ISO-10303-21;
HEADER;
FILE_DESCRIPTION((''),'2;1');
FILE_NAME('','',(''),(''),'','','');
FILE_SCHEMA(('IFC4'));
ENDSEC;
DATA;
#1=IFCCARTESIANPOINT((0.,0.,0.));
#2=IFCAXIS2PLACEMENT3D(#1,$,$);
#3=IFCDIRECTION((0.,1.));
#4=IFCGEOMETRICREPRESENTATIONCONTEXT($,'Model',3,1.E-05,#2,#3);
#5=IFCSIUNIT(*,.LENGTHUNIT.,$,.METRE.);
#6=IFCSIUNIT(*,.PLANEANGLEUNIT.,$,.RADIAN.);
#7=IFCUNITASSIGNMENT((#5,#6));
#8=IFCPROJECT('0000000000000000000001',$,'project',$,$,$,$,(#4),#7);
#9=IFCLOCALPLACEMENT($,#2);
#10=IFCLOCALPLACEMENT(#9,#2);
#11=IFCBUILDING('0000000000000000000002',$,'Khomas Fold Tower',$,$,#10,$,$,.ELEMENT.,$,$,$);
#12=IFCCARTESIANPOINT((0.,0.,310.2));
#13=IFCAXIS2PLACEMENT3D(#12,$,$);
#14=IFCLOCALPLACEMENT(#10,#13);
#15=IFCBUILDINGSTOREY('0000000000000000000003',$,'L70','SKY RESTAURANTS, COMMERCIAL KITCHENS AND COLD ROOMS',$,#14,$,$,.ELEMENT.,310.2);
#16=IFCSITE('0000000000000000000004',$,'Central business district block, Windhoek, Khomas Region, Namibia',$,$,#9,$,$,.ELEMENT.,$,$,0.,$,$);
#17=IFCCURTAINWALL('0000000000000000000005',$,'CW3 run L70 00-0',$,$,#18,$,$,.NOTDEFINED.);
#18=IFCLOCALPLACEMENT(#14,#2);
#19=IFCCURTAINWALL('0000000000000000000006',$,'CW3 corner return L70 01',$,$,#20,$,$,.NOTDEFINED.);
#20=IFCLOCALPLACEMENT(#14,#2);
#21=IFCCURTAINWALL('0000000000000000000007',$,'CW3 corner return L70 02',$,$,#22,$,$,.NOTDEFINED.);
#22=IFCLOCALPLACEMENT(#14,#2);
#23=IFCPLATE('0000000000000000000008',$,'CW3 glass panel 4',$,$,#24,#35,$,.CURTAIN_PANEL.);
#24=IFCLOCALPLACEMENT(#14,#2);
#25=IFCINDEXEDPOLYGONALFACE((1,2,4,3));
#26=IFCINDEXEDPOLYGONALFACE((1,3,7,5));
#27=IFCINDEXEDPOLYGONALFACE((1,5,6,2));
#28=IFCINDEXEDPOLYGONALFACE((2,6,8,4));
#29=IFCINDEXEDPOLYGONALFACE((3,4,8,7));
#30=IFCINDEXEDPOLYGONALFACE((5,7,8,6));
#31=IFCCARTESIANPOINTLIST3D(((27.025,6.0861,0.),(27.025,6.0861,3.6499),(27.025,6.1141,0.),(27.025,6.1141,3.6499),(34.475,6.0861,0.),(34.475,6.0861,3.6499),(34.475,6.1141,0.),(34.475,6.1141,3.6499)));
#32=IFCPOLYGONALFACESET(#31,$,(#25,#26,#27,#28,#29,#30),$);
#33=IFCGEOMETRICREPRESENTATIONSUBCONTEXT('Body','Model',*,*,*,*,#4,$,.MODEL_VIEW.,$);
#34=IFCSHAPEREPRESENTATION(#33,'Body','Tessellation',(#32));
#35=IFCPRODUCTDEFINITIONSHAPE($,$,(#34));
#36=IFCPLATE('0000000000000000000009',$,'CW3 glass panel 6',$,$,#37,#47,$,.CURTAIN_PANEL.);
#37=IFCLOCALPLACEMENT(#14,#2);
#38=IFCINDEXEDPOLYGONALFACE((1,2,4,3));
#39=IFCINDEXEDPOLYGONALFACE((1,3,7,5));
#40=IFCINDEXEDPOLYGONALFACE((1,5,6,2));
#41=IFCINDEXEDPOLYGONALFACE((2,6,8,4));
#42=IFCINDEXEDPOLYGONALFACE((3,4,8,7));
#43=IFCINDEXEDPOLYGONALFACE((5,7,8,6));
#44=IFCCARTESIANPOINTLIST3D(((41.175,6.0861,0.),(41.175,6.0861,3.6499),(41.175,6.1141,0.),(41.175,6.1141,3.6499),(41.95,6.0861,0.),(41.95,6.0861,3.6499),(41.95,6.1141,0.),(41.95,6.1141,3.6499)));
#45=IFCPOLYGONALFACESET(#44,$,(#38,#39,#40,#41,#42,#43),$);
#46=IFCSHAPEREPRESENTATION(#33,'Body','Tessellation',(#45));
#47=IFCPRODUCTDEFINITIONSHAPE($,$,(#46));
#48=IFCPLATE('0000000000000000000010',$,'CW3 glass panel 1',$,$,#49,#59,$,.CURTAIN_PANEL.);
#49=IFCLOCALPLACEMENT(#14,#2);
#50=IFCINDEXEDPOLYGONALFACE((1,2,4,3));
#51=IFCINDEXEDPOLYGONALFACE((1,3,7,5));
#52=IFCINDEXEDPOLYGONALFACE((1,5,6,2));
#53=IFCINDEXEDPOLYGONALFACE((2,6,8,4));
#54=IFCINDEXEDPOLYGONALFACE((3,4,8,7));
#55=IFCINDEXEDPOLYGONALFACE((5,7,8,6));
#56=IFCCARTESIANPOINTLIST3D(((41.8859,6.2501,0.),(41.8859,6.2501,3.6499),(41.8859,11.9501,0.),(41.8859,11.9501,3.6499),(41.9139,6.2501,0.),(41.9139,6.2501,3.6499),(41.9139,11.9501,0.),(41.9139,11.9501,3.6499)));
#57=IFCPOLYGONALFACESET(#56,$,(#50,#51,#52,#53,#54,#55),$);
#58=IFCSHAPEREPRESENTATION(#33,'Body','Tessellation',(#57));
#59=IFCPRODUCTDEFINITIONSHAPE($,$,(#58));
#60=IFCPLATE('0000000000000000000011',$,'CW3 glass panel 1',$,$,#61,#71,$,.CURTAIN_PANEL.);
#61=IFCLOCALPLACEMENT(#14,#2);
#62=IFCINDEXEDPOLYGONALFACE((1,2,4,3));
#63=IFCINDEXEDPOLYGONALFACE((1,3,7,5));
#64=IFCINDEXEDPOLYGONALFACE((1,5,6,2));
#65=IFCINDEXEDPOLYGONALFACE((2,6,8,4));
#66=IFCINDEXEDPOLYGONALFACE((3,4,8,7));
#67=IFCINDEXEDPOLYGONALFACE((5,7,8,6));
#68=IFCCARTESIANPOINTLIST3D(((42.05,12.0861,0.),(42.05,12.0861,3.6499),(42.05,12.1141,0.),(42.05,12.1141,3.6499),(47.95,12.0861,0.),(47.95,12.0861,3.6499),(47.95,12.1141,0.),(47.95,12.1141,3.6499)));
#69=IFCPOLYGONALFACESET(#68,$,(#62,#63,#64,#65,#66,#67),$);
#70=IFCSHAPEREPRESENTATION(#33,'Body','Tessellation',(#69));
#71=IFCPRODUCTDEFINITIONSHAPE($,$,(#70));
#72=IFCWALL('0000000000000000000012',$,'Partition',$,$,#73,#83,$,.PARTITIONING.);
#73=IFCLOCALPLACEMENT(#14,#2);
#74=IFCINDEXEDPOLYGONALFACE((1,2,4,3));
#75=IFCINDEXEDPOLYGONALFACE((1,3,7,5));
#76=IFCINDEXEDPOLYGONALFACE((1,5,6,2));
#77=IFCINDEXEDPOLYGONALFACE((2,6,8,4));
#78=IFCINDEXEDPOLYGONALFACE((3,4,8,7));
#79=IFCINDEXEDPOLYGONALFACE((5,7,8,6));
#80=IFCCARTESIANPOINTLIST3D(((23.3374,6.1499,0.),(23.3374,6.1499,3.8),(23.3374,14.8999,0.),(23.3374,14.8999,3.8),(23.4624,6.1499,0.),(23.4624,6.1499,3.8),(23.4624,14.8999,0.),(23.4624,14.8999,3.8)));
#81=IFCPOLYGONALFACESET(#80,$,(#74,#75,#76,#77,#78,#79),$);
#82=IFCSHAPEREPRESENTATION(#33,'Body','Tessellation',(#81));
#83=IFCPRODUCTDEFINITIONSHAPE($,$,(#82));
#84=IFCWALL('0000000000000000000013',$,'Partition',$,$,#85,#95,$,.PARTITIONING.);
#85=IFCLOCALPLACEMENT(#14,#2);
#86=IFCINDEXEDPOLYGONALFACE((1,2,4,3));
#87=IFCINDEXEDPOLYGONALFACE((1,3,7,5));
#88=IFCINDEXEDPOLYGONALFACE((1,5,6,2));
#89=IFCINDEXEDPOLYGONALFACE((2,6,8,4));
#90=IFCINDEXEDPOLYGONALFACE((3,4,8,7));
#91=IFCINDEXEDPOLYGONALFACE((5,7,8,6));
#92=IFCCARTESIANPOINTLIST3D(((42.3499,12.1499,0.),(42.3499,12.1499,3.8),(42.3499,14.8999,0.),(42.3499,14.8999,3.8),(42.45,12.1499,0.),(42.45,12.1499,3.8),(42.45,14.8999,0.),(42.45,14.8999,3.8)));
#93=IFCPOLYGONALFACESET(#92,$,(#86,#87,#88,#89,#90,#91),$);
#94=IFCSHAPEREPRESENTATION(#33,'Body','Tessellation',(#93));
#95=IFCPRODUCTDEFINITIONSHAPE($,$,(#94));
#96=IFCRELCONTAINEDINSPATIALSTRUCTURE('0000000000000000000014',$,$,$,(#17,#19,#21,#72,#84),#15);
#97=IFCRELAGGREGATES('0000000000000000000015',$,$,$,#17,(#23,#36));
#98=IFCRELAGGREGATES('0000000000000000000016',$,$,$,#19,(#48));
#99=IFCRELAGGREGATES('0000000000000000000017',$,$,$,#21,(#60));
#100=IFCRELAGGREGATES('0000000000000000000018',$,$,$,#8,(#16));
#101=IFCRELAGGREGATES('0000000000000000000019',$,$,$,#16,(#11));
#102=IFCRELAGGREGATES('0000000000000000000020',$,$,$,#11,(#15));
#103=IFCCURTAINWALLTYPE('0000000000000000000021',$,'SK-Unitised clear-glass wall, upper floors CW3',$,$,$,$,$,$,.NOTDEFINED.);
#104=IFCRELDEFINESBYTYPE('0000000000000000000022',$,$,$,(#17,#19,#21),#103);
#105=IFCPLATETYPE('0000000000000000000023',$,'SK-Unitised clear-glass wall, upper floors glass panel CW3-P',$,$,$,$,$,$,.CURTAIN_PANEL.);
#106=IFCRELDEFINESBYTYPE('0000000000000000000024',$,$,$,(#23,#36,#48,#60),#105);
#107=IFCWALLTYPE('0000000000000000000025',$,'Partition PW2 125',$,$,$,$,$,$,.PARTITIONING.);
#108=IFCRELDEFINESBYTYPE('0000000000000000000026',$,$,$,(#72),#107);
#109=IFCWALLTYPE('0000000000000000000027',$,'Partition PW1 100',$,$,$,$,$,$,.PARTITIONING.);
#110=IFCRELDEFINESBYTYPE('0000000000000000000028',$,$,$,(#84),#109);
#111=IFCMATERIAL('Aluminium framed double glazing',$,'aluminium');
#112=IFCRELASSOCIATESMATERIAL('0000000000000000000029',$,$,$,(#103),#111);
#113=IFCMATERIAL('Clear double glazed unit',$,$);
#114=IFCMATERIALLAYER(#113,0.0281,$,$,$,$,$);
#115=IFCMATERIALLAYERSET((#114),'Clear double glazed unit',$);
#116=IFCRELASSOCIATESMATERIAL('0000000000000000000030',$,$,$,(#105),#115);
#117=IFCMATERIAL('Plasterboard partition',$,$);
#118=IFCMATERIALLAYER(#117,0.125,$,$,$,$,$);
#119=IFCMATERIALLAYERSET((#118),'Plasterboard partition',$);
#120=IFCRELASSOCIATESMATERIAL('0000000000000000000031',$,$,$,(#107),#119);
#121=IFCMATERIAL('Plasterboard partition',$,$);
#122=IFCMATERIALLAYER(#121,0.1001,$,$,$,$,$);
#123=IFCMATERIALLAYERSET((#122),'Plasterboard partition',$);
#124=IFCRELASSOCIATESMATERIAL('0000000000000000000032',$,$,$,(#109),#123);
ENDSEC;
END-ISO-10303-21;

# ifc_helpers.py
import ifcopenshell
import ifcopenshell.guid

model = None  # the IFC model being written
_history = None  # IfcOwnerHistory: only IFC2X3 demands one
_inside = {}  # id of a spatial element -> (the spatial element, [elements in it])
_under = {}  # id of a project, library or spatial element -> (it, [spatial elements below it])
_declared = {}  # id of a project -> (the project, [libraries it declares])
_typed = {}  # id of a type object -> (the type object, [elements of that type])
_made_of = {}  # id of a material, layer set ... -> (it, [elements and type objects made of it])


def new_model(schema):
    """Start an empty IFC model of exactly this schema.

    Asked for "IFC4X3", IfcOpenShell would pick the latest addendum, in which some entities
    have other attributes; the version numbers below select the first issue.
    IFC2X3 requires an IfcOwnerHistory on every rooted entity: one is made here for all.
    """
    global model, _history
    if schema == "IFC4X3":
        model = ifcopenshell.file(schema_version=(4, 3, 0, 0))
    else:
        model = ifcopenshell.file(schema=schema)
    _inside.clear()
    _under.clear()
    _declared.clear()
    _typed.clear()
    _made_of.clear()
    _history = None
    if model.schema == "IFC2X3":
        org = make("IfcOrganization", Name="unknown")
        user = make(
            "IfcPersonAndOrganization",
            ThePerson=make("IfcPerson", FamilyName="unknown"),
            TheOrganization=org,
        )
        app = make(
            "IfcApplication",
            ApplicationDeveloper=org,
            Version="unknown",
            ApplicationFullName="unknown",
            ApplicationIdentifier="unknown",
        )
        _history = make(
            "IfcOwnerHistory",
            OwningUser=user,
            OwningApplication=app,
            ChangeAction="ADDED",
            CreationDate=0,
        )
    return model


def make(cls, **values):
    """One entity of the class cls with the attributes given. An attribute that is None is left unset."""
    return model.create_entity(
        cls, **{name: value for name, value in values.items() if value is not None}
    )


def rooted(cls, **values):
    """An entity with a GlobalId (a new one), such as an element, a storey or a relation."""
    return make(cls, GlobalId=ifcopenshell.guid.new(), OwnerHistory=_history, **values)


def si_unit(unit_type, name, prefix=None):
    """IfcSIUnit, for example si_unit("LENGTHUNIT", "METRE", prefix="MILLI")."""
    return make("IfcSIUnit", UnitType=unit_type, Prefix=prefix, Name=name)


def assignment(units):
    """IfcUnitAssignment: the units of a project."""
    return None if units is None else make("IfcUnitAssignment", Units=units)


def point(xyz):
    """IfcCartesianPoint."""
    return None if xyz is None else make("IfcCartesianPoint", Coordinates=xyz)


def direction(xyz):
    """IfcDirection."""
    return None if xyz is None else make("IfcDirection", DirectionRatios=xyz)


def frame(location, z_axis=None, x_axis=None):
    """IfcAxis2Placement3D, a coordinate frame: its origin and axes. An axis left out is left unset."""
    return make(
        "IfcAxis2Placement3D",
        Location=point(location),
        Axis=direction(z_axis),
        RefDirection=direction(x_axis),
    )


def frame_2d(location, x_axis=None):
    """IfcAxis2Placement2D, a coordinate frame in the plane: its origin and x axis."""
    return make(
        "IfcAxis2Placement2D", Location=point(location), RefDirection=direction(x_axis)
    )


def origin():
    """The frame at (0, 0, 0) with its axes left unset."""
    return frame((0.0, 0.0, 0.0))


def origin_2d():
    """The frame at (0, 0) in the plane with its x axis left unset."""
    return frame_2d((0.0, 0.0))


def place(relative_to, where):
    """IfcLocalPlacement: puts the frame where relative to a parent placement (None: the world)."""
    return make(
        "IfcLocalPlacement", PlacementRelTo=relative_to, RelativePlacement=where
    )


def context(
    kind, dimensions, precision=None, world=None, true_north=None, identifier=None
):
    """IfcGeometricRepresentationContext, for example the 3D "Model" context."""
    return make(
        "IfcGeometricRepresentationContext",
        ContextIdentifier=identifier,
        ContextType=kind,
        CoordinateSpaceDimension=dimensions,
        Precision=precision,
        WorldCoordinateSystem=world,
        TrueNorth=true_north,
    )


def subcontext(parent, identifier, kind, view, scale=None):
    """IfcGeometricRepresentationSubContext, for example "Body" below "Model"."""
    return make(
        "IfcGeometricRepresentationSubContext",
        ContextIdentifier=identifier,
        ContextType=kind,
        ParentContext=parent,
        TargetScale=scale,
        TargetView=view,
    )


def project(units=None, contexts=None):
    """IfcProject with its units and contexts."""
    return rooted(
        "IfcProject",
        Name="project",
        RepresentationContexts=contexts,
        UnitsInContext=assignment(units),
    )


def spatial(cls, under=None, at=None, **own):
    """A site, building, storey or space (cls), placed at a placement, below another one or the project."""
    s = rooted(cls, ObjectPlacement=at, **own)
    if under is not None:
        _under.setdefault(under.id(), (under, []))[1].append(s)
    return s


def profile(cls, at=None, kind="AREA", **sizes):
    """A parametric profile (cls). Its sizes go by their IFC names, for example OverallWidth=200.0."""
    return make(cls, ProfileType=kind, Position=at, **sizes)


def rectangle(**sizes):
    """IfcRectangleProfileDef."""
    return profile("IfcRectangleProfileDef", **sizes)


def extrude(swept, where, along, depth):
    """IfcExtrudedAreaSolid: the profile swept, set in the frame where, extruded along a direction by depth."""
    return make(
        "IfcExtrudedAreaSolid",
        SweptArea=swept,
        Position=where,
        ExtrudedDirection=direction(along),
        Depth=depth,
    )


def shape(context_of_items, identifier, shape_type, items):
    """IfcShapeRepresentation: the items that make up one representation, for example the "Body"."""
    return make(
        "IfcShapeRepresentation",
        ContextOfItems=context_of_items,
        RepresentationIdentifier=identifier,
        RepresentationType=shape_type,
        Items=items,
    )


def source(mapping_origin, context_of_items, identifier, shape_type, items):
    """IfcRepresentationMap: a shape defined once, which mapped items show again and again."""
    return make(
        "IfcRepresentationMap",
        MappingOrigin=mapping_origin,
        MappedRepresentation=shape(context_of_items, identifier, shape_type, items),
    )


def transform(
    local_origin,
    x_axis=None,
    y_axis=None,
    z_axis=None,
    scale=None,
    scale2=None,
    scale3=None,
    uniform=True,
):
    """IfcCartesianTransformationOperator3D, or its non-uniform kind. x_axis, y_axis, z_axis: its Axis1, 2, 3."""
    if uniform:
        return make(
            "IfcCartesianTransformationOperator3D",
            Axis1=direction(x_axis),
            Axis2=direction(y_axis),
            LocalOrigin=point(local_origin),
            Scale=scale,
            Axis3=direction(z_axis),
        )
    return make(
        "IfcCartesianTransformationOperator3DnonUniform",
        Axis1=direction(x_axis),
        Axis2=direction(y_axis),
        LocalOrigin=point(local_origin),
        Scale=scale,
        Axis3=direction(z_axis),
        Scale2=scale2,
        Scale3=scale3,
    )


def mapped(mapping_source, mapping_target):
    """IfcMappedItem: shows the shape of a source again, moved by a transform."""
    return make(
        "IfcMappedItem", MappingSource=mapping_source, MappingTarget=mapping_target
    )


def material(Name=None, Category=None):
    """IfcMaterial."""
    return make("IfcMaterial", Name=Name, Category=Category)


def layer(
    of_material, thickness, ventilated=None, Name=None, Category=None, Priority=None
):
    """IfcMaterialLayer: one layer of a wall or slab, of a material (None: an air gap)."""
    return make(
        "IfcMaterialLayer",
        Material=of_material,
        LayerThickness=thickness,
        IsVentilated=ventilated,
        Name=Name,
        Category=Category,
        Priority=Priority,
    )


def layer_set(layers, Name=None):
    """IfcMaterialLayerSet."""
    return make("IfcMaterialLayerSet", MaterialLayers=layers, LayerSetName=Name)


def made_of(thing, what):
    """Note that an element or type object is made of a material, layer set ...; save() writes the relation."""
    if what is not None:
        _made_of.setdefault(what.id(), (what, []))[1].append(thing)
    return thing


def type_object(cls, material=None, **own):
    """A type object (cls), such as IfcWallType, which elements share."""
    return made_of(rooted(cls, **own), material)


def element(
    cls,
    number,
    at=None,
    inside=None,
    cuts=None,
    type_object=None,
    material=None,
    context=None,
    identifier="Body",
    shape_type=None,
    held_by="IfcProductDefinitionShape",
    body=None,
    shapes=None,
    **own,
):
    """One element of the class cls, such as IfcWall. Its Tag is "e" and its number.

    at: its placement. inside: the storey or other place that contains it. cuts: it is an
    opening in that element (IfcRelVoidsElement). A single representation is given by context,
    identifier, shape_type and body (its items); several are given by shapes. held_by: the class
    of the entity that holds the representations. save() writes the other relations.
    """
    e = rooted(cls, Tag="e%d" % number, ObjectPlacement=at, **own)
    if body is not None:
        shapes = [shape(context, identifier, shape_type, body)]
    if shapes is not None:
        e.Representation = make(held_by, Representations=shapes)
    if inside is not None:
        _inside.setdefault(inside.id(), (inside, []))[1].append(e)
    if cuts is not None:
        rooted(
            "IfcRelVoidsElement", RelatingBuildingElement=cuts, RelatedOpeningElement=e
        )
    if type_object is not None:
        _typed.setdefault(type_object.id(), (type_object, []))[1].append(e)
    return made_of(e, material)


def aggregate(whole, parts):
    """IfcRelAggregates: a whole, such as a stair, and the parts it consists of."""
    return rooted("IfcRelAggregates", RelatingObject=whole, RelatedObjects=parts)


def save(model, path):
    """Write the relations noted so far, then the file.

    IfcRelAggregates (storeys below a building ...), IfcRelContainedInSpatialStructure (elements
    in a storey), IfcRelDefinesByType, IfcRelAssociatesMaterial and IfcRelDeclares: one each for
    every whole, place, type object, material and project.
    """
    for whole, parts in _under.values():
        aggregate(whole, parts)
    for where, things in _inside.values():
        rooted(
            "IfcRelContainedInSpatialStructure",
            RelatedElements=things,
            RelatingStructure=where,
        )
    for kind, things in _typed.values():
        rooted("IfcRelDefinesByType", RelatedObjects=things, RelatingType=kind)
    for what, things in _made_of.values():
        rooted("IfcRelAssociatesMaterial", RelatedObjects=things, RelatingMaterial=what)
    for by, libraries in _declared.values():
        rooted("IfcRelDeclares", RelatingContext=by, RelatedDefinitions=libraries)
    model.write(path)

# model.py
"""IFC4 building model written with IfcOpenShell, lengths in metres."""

from ifc_helpers import new_model, si_unit, direction, frame, frame_2d, origin, origin_2d, place, context, subcontext, project, spatial, rectangle, extrude, source, transform, mapped, material, layer, layer_set, type_object, element, aggregate, save


model = new_model("IFC4")

# Units and contexts
model_context = context("Model", 3, precision=1e-05, world=origin(), true_north=direction((0.0, 1.0)))
body_context = subcontext(model_context, "Body", "Model", "MODEL_VIEW")
ifc_project = project(units=[si_unit("LENGTHUNIT", "METRE"), si_unit("PLANEANGLEUNIT", "RADIAN")], contexts=[model_context])

# Site, building, storey
site_placement = place(None, origin())
site = spatial("IfcSite", under=ifc_project, at=site_placement, Name="Central business district block, Windhoek, Khomas Region, Namibia", CompositionType="ELEMENT", RefElevation=0.0)
building_placement = place(site_placement, origin())
building = spatial("IfcBuilding", under=site, at=building_placement, Name="Khomas Fold Tower", CompositionType="ELEMENT")
storey_placement = place(building_placement, frame((0.0, 0.0, 310.2)))
storey = spatial("IfcBuildingStorey", under=building, at=storey_placement, Name="L70", Description="SKY RESTAURANTS, COMMERCIAL KITCHENS AND COLD ROOMS", CompositionType="ELEMENT", Elevation=310.2)

# Curtain walls
ifc_material_1 = material(Name="Aluminium framed double glazing", Category="aluminium")
curtain_wall_type = type_object("IfcCurtainWallType", Name="SK-Unitised clear-glass wall, upper floors CW3", PredefinedType="NOTDEFINED", material=ifc_material_1)
curtain_wall_1_placement = place(storey_placement, origin())
curtain_wall_1 = element("IfcCurtainWall", 1, at=curtain_wall_1_placement, inside=storey, type_object=curtain_wall_type, Name="CW3 run L70 00-0", PredefinedType="NOTDEFINED")
curtain_wall_2_placement = place(storey_placement, origin())
curtain_wall_2 = element("IfcCurtainWall", 2, at=curtain_wall_2_placement, inside=storey, type_object=curtain_wall_type, Name="CW3 corner return L70 01", PredefinedType="NOTDEFINED")
curtain_wall_3_placement = place(storey_placement, origin())
curtain_wall_3 = element("IfcCurtainWall", 3, at=curtain_wall_3_placement, inside=storey, type_object=curtain_wall_type, Name="CW3 corner return L70 02", PredefinedType="NOTDEFINED")

# Plates
ifc_material_2 = material(Name="Clear double glazed unit")
ifc_layer_1 = layer(ifc_material_2, 0.0281)
ifc_layer_set_1 = layer_set([ifc_layer_1], Name="Clear double glazed unit")
plate_type = type_object("IfcPlateType", Name="SK-Unitised clear-glass wall, upper floors glass panel CW3-P", PredefinedType="CURTAIN_PANEL", material=ifc_layer_set_1)
shared_shape_1 = source(origin(), body_context, "Body", "SweptSolid", [
    extrude(rectangle(XDim=7.45, YDim=0.0281, at=origin_2d()), origin(), (0.0, 0.0, 1.0), 3.6499),
])
plate_1_placement = place(storey_placement, frame((30.75, 6.1001, 0.0), z_axis=(0.0, 0.0, 1.0), x_axis=(1.0, 0.0, 0.0)))
plate_1 = element("IfcPlate", 4, at=plate_1_placement, type_object=plate_type, Name="CW3 glass panel 4", PredefinedType="CURTAIN_PANEL", context=body_context, shape_type="MappedRepresentation", body=[
    mapped(shared_shape_1, transform((0.0, 0.0, 0.0))),
])
shared_shape_2 = source(origin(), body_context, "Body", "SweptSolid", [
    extrude(rectangle(XDim=0.7749, YDim=0.0281, at=origin_2d()), origin(), (0.0, 0.0, 1.0), 3.6499),
])
plate_2_placement = place(storey_placement, frame((41.5625, 6.1001, 0.0), z_axis=(0.0, 0.0, 1.0), x_axis=(1.0, 0.0, 0.0)))
plate_2 = element("IfcPlate", 5, at=plate_2_placement, type_object=plate_type, Name="CW3 glass panel 6", PredefinedType="CURTAIN_PANEL", context=body_context, shape_type="MappedRepresentation", body=[
    mapped(shared_shape_2, transform((0.0, 0.0, 0.0))),
])
aggregate(curtain_wall_1, [plate_1, plate_2])
shared_shape_3 = source(origin(), body_context, "Body", "SweptSolid", [
    extrude(rectangle(XDim=5.7, YDim=0.0281, at=origin_2d()), origin(), (0.0, 0.0, 1.0), 3.6499),
])
plate_3_placement = place(storey_placement, frame((41.8999, 9.1001, 0.0), z_axis=(0.0, 0.0, 1.0), x_axis=(0.0, 1.0, 0.0)))
plate_3 = element("IfcPlate", 6, at=plate_3_placement, type_object=plate_type, Name="CW3 glass panel 1", PredefinedType="CURTAIN_PANEL", context=body_context, shape_type="MappedRepresentation", body=[
    mapped(shared_shape_3, transform((0.0, 0.0, 0.0))),
])
aggregate(curtain_wall_2, [plate_3])
shared_shape_4 = source(origin(), body_context, "Body", "SweptSolid", [
    extrude(rectangle(XDim=5.8999, YDim=0.0281, at=origin_2d()), origin(), (0.0, 0.0, 1.0), 3.6499),
])
plate_4_placement = place(storey_placement, frame((45.0, 12.1001, 0.0), z_axis=(0.0, 0.0, 1.0), x_axis=(1.0, 0.0, 0.0)))
plate_4 = element("IfcPlate", 7, at=plate_4_placement, type_object=plate_type, Name="CW3 glass panel 1", PredefinedType="CURTAIN_PANEL", context=body_context, shape_type="MappedRepresentation", body=[
    mapped(shared_shape_4, transform((0.0, 0.0, 0.0))),
])
aggregate(curtain_wall_3, [plate_4])

# Walls
ifc_material_3 = material(Name="Plasterboard partition")
ifc_layer_2 = layer(ifc_material_3, 0.125)
ifc_layer_set_2 = layer_set([ifc_layer_2], Name="Plasterboard partition")
wall_type_1 = type_object("IfcWallType", Name="Partition PW2 125", PredefinedType="PARTITIONING", material=ifc_layer_set_2)
shared_shape_5 = source(origin(), body_context, "Body", "SweptSolid", [
    extrude(rectangle(XDim=8.75, YDim=0.125, at=frame_2d((4.375, 0.0))), origin(), (0.0, 0.0, 1.0), 3.8),
])
wall_1_placement = place(storey_placement, frame((23.3999, 6.1499, 0.0), z_axis=(0.0, 0.0, 1.0), x_axis=(0.0, 1.0, 0.0)))
element("IfcWall", 8, at=wall_1_placement, inside=storey, type_object=wall_type_1, Name="Partition", PredefinedType="PARTITIONING", context=body_context, shape_type="MappedRepresentation", body=[
    mapped(shared_shape_5, transform((0.0, 0.0, 0.0))),
])
ifc_material_4 = material(Name="Plasterboard partition")
ifc_layer_3 = layer(ifc_material_4, 0.1001)
ifc_layer_set_3 = layer_set([ifc_layer_3], Name="Plasterboard partition")
wall_type_2 = type_object("IfcWallType", Name="Partition PW1 100", PredefinedType="PARTITIONING", material=ifc_layer_set_3)
shared_shape_6 = source(origin(), body_context, "Body", "SweptSolid", [
    extrude(rectangle(XDim=2.75, YDim=0.1001, at=frame_2d((1.375, 0.0))), origin(), (0.0, 0.0, 1.0), 3.8),
])
wall_2_placement = place(storey_placement, frame((42.3999, 12.1499, 0.0), z_axis=(0.0, 0.0, 1.0), x_axis=(0.0, 1.0, 0.0)))
element("IfcWall", 9, at=wall_2_placement, inside=storey, type_object=wall_type_2, Name="Partition", PredefinedType="PARTITIONING", context=body_context, shape_type="MappedRepresentation", body=[
    mapped(shared_shape_6, transform((0.0, 0.0, 0.0))),
])

save(model, "model.ifc")
